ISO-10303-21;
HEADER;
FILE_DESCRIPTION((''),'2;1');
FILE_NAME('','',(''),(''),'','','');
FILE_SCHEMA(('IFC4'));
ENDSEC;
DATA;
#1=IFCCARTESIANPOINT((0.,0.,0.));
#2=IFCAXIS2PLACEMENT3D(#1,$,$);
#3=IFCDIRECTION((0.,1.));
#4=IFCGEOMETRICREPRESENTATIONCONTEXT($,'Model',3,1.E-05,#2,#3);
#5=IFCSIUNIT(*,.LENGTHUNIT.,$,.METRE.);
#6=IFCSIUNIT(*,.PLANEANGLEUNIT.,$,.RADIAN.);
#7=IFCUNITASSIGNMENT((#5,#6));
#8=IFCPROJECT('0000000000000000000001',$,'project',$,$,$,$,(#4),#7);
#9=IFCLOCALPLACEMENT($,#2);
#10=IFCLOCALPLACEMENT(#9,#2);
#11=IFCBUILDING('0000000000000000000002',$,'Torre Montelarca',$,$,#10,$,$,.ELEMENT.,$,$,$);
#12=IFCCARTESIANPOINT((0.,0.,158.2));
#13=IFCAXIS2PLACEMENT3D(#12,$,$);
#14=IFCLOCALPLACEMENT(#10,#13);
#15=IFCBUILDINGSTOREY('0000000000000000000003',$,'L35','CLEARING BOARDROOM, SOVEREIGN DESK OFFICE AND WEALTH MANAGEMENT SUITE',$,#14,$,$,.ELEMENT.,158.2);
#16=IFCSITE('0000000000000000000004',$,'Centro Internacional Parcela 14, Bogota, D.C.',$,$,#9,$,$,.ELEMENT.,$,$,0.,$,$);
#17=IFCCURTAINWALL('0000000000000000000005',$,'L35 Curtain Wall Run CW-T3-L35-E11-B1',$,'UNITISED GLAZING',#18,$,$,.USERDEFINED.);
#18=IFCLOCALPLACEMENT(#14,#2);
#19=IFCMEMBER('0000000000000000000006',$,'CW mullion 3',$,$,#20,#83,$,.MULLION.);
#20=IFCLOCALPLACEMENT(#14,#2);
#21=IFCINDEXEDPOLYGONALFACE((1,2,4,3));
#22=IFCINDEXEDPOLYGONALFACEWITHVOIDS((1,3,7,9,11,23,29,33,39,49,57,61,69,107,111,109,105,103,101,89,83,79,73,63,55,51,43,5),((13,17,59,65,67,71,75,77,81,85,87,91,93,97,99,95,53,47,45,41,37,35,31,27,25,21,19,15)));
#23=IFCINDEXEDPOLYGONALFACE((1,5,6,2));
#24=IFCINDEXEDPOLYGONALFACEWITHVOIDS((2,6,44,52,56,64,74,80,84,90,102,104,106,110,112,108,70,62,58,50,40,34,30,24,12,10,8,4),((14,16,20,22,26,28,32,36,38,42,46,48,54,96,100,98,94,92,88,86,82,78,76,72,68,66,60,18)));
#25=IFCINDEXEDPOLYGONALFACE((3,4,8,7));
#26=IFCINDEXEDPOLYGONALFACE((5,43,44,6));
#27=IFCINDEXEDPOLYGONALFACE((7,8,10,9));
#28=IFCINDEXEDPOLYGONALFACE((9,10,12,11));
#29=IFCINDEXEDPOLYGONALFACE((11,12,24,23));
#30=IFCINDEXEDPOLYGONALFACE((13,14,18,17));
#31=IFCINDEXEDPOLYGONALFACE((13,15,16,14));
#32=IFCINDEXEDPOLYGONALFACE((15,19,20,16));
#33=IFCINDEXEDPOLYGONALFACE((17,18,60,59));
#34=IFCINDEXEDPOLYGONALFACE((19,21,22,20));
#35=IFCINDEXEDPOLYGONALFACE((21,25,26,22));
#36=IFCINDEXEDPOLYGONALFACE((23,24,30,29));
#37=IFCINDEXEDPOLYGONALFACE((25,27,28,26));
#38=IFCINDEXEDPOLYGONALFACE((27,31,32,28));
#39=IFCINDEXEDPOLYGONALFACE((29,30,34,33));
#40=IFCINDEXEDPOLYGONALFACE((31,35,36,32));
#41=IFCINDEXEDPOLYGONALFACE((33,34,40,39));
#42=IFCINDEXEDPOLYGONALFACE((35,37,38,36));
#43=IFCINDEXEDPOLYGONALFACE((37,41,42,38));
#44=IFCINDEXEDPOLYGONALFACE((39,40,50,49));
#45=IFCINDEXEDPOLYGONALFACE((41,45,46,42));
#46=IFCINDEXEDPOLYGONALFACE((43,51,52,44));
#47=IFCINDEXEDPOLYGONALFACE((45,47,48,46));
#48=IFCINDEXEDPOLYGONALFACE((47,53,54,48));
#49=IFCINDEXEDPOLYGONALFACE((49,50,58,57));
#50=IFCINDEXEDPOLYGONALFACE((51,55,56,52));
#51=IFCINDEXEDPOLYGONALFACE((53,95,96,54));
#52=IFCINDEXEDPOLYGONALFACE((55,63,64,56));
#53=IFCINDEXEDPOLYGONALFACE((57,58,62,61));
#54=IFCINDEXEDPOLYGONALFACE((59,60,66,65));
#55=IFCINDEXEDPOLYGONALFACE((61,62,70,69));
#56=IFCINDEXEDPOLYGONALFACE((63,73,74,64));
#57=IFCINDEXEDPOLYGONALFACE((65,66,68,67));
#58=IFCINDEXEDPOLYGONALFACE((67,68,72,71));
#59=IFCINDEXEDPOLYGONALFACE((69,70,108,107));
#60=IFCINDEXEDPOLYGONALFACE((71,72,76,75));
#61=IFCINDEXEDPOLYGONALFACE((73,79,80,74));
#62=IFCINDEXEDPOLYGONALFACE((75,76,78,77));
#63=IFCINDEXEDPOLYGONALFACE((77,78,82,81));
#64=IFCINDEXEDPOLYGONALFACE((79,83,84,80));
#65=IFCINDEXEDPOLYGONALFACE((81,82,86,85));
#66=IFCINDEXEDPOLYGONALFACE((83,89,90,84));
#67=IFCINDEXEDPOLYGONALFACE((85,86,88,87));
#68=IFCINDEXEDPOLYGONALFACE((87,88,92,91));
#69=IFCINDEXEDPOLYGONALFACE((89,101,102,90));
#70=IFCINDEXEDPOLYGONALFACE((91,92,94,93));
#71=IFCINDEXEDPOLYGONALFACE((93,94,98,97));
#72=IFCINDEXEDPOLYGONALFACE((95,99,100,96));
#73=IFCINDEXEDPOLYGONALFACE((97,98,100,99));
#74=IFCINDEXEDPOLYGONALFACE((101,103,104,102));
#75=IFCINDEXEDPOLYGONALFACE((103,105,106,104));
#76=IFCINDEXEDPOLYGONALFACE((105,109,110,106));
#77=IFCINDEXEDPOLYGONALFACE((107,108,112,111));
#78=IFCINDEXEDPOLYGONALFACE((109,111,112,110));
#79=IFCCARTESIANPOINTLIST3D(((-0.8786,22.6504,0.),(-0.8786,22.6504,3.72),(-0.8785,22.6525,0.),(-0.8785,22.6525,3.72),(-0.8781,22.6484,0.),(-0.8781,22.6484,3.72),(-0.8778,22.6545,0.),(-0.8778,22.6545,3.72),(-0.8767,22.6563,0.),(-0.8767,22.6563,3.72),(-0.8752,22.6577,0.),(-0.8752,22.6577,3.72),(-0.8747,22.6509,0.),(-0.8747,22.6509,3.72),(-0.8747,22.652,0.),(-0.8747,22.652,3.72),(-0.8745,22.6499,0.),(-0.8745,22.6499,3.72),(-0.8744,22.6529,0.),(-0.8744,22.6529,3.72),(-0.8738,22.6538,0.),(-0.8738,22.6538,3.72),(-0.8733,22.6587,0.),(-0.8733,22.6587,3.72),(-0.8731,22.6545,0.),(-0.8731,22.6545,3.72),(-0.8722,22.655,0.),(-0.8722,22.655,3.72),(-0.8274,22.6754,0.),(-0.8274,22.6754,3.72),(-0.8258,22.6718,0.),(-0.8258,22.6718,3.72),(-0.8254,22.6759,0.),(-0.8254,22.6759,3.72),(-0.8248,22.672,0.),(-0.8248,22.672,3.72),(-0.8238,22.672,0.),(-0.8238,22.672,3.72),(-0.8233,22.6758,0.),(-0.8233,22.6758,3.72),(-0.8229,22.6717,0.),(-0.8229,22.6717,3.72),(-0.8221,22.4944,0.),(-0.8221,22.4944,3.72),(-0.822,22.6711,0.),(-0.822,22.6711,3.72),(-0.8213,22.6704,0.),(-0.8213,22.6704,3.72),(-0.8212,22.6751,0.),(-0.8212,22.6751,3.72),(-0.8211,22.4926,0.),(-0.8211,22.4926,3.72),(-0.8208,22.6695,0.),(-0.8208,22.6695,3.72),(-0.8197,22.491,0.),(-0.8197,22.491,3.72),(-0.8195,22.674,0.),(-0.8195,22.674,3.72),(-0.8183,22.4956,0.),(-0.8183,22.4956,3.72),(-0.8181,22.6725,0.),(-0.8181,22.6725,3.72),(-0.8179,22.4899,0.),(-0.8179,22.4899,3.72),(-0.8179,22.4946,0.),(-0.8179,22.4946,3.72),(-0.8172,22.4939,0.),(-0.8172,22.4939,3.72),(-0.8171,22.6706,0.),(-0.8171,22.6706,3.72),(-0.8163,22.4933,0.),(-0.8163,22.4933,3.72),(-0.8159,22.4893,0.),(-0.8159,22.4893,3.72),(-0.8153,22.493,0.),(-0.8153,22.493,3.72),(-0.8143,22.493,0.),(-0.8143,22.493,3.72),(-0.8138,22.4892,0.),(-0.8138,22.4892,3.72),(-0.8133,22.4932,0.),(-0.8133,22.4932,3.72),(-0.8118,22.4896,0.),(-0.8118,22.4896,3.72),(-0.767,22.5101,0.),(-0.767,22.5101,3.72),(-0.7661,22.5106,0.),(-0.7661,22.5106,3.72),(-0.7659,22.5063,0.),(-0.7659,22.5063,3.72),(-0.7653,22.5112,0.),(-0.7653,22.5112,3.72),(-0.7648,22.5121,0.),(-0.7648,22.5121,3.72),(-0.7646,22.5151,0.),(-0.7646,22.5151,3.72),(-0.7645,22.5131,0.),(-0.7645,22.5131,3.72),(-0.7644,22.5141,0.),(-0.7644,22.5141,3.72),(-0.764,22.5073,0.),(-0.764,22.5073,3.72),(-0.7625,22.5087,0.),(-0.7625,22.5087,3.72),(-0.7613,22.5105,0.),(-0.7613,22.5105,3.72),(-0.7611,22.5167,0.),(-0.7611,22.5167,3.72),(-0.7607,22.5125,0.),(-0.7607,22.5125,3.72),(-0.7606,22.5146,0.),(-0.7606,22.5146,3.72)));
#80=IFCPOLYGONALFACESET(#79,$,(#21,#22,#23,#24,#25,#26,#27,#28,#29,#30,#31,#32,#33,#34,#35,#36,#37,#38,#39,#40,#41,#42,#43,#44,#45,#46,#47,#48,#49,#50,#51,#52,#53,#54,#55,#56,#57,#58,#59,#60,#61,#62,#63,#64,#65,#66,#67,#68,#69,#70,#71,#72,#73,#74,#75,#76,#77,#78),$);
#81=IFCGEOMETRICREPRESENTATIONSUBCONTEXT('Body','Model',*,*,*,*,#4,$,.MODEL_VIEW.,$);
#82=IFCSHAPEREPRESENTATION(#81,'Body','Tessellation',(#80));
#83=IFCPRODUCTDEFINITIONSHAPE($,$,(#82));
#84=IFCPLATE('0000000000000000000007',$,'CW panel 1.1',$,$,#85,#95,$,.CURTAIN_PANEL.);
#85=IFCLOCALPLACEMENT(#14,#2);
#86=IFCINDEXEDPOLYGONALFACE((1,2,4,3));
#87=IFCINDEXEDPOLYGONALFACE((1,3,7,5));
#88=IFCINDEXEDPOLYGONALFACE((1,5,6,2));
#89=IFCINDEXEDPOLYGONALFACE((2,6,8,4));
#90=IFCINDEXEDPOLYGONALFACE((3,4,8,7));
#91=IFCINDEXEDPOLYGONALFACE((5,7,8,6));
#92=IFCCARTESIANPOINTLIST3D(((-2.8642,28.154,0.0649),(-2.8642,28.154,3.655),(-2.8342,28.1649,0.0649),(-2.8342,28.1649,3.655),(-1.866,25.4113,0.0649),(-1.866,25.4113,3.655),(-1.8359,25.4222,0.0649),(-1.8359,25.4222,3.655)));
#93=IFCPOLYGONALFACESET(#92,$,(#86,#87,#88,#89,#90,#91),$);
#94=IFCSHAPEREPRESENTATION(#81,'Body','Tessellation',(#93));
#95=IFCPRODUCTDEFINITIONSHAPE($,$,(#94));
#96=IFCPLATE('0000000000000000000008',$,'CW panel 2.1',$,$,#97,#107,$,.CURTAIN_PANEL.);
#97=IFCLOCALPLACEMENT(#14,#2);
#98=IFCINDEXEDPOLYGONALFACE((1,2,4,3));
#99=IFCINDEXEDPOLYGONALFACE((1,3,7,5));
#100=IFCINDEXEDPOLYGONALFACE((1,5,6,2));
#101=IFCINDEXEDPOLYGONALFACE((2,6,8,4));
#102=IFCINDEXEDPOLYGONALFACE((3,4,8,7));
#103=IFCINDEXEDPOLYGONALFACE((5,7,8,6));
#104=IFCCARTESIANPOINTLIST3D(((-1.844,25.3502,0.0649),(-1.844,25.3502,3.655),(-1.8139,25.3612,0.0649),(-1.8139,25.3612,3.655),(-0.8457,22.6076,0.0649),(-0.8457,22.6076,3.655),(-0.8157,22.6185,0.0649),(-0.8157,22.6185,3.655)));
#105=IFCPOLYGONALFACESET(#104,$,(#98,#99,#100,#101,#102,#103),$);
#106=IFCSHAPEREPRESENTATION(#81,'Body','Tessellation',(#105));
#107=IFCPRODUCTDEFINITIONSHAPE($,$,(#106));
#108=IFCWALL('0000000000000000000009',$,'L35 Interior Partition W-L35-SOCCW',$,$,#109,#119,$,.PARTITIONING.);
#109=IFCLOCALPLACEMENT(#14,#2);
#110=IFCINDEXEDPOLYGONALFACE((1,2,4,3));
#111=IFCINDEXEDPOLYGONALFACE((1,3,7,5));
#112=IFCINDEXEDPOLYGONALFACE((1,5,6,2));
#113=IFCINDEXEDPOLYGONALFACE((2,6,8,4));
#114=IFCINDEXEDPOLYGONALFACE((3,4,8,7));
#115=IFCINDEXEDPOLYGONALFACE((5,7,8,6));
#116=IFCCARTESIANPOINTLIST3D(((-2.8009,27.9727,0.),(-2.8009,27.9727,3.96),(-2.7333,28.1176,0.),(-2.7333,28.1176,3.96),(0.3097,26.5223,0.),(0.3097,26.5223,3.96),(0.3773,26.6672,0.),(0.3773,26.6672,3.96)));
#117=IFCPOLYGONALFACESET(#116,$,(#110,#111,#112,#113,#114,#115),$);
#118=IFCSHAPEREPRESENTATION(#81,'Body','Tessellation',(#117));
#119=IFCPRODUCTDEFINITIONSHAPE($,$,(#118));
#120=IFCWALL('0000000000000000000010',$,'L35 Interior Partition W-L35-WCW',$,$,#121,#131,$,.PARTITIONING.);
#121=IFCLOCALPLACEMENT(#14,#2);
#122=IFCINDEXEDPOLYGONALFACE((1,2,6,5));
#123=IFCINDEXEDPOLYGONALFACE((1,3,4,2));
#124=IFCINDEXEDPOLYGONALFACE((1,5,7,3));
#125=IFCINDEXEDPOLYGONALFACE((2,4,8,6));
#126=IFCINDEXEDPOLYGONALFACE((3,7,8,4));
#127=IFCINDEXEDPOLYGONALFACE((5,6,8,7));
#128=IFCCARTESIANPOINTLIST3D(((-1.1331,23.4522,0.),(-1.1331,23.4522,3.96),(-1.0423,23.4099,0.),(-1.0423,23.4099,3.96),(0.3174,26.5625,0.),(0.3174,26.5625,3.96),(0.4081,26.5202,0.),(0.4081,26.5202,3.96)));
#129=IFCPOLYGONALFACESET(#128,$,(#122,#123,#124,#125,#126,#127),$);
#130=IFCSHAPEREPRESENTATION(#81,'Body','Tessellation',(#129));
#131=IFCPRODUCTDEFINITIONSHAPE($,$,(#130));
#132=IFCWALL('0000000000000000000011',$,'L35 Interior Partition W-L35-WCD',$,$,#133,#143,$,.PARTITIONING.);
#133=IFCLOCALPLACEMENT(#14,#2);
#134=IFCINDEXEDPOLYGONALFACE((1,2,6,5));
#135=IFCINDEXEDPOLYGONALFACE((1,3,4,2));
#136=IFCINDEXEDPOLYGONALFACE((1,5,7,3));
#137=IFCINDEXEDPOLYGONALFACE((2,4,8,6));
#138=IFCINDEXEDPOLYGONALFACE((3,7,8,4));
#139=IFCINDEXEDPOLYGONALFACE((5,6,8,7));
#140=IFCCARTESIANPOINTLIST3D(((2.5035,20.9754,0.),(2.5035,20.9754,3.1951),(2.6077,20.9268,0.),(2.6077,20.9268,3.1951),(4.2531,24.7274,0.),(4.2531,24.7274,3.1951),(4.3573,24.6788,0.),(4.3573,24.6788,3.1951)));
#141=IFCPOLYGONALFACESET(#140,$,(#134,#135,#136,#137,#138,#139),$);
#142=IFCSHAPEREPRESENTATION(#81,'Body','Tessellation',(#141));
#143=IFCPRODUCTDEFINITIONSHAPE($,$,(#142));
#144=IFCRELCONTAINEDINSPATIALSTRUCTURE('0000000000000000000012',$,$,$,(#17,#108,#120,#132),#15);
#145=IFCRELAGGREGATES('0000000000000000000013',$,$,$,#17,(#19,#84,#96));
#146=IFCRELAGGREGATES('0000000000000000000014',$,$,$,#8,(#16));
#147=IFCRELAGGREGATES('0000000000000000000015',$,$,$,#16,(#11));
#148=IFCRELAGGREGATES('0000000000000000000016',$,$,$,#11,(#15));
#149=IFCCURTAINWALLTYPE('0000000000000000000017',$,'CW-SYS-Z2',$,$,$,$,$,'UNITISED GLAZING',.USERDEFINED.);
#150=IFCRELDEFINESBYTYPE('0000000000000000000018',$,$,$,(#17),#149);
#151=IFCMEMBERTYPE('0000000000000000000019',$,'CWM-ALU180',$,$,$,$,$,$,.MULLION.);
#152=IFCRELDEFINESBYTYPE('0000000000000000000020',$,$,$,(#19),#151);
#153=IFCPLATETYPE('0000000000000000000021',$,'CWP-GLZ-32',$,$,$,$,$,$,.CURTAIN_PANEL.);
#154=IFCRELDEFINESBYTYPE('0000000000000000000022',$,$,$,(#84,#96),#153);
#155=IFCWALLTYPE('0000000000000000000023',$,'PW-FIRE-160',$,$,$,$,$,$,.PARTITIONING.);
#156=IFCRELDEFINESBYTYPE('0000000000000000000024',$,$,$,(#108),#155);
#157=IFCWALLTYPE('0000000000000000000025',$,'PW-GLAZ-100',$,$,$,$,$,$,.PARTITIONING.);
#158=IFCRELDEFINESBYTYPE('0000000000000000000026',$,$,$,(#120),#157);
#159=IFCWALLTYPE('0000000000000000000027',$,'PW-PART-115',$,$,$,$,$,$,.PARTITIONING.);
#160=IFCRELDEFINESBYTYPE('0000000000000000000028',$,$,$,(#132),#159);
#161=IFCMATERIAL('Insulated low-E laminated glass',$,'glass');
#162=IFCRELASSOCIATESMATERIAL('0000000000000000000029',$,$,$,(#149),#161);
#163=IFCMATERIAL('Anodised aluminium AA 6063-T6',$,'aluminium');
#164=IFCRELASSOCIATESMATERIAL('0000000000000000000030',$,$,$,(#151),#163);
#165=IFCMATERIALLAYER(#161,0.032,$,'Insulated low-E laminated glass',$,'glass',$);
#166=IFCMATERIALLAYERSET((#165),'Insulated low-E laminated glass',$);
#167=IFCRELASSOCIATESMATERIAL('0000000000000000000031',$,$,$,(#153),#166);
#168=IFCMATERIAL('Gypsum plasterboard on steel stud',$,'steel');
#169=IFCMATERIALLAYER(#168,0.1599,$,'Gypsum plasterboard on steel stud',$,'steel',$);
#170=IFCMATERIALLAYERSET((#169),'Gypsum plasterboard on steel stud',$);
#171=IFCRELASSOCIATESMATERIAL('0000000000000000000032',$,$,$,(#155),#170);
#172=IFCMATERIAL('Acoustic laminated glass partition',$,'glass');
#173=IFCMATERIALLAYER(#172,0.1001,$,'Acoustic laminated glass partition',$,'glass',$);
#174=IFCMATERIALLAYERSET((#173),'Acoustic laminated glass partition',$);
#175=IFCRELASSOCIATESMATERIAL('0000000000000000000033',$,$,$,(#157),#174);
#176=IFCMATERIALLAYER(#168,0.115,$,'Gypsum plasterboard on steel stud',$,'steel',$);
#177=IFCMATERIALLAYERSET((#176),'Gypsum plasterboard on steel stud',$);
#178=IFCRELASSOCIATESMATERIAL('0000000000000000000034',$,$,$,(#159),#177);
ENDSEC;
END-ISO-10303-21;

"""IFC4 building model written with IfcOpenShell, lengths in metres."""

from ifc_helpers import new_model, si_unit, direction, frame, frame_2d, origin, origin_2d, place, context, subcontext, project, spatial, rectangle, hollow_rectangle, extrude, source, transform, mapped, material, layer, layer_set, material_profile, profile_set, type_object, element, aggregate, save


model = new_model("IFC4")

# Units and contexts
model_context = context("Model", 3, precision=1e-05, world=origin(), true_north=direction((0.0, 1.0)))
body_context = subcontext(model_context, "Body", "Model", "MODEL_VIEW")
ifc_project = project(units=[si_unit("LENGTHUNIT", "METRE"), si_unit("PLANEANGLEUNIT", "RADIAN")], contexts=[model_context])

# Site, building, storey
site_placement = place(None, origin())
site = spatial("IfcSite", under=ifc_project, at=site_placement, Name="Centro Internacional Parcela 14, Bogota, D.C.", CompositionType="ELEMENT", RefElevation=0.0)
building_placement = place(site_placement, origin())
building = spatial("IfcBuilding", under=site, at=building_placement, Name="Torre Montelarca", CompositionType="ELEMENT")
storey_placement = place(building_placement, frame((0.0, 0.0, 158.2)))
storey = spatial("IfcBuildingStorey", under=building, at=storey_placement, Name="L35", Description="CLEARING BOARDROOM, SOVEREIGN DESK OFFICE AND WEALTH MANAGEMENT SUITE", CompositionType="ELEMENT", Elevation=158.2)

# Curtain wall, member, plates
ifc_material_1 = material(Name="Insulated low-E laminated glass", Category="glass")
curtain_wall_type = type_object("IfcCurtainWallType", Name="CW-SYS-Z2", ElementType="UNITISED GLAZING", PredefinedType="USERDEFINED", material=ifc_material_1)
curtain_wall_placement = place(storey_placement, origin())
curtain_wall = element("IfcCurtainWall", 1, at=curtain_wall_placement, inside=storey, type_object=curtain_wall_type, Name="L35 Curtain Wall Run CW-T3-L35-E11-B1", ObjectType="UNITISED GLAZING", PredefinedType="USERDEFINED")
ifc_material_2 = material(Name="Anodised aluminium AA 6063-T6", Category="aluminium")
ifc_material_profile_1 = material_profile(ifc_material_2, hollow_rectangle(XDim=0.0649, YDim=0.1799, WallThickness=0.0039, InnerFilletRadius=0.0039, OuterFilletRadius=0.0081, at=origin_2d()), Name="ALU65X180X4", Category="aluminium")
ifc_profile_set_1 = profile_set([ifc_material_profile_1], Name="Anodised aluminium AA 6063-T6")
member_type_1 = type_object("IfcMemberType", Name="CWM-ALU180", PredefinedType="MULLION", material=ifc_profile_set_1)
shared_shape_1 = source(origin(), body_context, "Body", "SweptSolid", [
    extrude(hollow_rectangle(XDim=0.0649, YDim=0.1799, WallThickness=0.0039, InnerFilletRadius=0.0039, OuterFilletRadius=0.0081, at=origin_2d()), origin(), (0.0, 0.0, 1.0), 3.72),
])
member_1_placement = place(storey_placement, frame((-0.8196, 22.5825, 0.0), z_axis=(0.0, 0.0, 1.0), x_axis=(0.939694, 0.342016, 0.0)))
member_1 = element("IfcMember", 2, at=member_1_placement, type_object=member_type_1, Name="CW mullion 3", PredefinedType="MULLION", context=body_context, shape_type="MappedRepresentation", body=[
    mapped(shared_shape_1, transform((0.0, 0.0, 0.0), scale=1.0)),
])
ifc_layer_1 = layer(ifc_material_1, 0.032, Name="Insulated low-E laminated glass", Category="glass")
ifc_layer_set_1 = layer_set([ifc_layer_1], Name="Insulated low-E laminated glass")
plate_type = type_object("IfcPlateType", Name="CWP-GLZ-32", PredefinedType="CURTAIN_PANEL", material=ifc_layer_set_1)
shared_shape_2 = source(origin(), body_context, "Body", "SweptSolid", [
    extrude(rectangle(XDim=2.9187, YDim=0.032, at=origin_2d()), origin(), (0.0, 0.0, 1.0), 3.5901),
])
plate_1_placement = place(storey_placement, frame((-2.3501, 26.7881, 0.0649), z_axis=(0.0, 0.0, 1.0), x_axis=(0.342016, -0.939694, 0.0)))
plate_1 = element("IfcPlate", 3, at=plate_1_placement, type_object=plate_type, Name="CW panel 1.1", PredefinedType="CURTAIN_PANEL", context=body_context, shape_type="MappedRepresentation", body=[
    mapped(shared_shape_2, transform((0.0, 0.0, 0.0), scale=1.0)),
])
plate_2_placement = place(storey_placement, frame((-1.3298, 23.9844, 0.0649), z_axis=(0.0, 0.0, 1.0), x_axis=(0.342016, -0.939694, 0.0)))
plate_2 = element("IfcPlate", 4, at=plate_2_placement, type_object=plate_type, Name="CW panel 2.1", PredefinedType="CURTAIN_PANEL", context=body_context, shape_type="MappedRepresentation", body=[
    mapped(shared_shape_2, transform((0.0, 0.0, 0.0), scale=1.0)),
])
aggregate(curtain_wall, [member_1, plate_1, plate_2])

# Walls
ifc_material_3 = material(Name="Gypsum plasterboard on steel stud", Category="steel")
ifc_layer_2 = layer(ifc_material_3, 0.1599, Name="Gypsum plasterboard on steel stud", Category="steel")
ifc_layer_set_2 = layer_set([ifc_layer_2], Name="Gypsum plasterboard on steel stud")
wall_type_1 = type_object("IfcWallType", Name="PW-FIRE-160", PredefinedType="PARTITIONING", material=ifc_layer_set_2)
wall_1_placement = place(storey_placement, frame((-2.7671, 28.0452, 0.0), z_axis=(0.0, 0.0, 1.0), x_axis=(0.906314, -0.422605, 0.0)))
element("IfcWall", 5, at=wall_1_placement, inside=storey, type_object=wall_type_1, Name="L35 Interior Partition W-L35-SOCCW", PredefinedType="PARTITIONING", context=body_context, shape_type="SweptSolid", body=[
    extrude(rectangle(XDim=3.4321, YDim=0.1599, at=frame_2d((1.7161, 0.0))), origin(), (0.0, 0.0, 1.0), 3.96),
])
ifc_material_4 = material(Name="Acoustic laminated glass partition", Category="glass")
ifc_layer_3 = layer(ifc_material_4, 0.1001, Name="Acoustic laminated glass partition", Category="glass")
ifc_layer_set_3 = layer_set([ifc_layer_3], Name="Acoustic laminated glass partition")
wall_type_2 = type_object("IfcWallType", Name="PW-GLAZ-100", PredefinedType="PARTITIONING", material=ifc_layer_set_3)
wall_2_placement = place(storey_placement, frame((-1.0876, 23.4312, 0.0), z_axis=(0.0, 0.0, 1.0), x_axis=(0.422632, 0.906301, 0.0)))
element("IfcWall", 6, at=wall_2_placement, inside=storey, type_object=wall_type_2, Name="L35 Interior Partition W-L35-WCW", PredefinedType="PARTITIONING", context=body_context, shape_type="SweptSolid", body=[
    extrude(rectangle(XDim=3.4319, YDim=0.1001, at=frame_2d((1.7158, 0.0))), origin(), (0.0, 0.0, 1.0), 3.96),
])
ifc_layer_4 = layer(ifc_material_3, 0.115, Name="Gypsum plasterboard on steel stud", Category="steel")
ifc_layer_set_4 = layer_set([ifc_layer_4], Name="Gypsum plasterboard on steel stud")
wall_type_3 = type_object("IfcWallType", Name="PW-PART-115", PredefinedType="PARTITIONING", material=ifc_layer_set_4)
wall_3_placement = place(storey_placement, frame((2.5557, 20.9512, 0.0), z_axis=(0.0, 0.0, 1.0), x_axis=(0.422608, 0.906313, 0.0)))
element("IfcWall", 7, at=wall_3_placement, inside=storey, type_object=wall_type_3, Name="L35 Interior Partition W-L35-WCD", PredefinedType="PARTITIONING", context=body_context, shape_type="SweptSolid", body=[
    extrude(rectangle(XDim=4.1399, YDim=0.115, at=frame_2d((2.0698, 0.0))), origin(), (0.0, 0.0, 1.0), 3.1951),
])

save(model, "model.ifc")
